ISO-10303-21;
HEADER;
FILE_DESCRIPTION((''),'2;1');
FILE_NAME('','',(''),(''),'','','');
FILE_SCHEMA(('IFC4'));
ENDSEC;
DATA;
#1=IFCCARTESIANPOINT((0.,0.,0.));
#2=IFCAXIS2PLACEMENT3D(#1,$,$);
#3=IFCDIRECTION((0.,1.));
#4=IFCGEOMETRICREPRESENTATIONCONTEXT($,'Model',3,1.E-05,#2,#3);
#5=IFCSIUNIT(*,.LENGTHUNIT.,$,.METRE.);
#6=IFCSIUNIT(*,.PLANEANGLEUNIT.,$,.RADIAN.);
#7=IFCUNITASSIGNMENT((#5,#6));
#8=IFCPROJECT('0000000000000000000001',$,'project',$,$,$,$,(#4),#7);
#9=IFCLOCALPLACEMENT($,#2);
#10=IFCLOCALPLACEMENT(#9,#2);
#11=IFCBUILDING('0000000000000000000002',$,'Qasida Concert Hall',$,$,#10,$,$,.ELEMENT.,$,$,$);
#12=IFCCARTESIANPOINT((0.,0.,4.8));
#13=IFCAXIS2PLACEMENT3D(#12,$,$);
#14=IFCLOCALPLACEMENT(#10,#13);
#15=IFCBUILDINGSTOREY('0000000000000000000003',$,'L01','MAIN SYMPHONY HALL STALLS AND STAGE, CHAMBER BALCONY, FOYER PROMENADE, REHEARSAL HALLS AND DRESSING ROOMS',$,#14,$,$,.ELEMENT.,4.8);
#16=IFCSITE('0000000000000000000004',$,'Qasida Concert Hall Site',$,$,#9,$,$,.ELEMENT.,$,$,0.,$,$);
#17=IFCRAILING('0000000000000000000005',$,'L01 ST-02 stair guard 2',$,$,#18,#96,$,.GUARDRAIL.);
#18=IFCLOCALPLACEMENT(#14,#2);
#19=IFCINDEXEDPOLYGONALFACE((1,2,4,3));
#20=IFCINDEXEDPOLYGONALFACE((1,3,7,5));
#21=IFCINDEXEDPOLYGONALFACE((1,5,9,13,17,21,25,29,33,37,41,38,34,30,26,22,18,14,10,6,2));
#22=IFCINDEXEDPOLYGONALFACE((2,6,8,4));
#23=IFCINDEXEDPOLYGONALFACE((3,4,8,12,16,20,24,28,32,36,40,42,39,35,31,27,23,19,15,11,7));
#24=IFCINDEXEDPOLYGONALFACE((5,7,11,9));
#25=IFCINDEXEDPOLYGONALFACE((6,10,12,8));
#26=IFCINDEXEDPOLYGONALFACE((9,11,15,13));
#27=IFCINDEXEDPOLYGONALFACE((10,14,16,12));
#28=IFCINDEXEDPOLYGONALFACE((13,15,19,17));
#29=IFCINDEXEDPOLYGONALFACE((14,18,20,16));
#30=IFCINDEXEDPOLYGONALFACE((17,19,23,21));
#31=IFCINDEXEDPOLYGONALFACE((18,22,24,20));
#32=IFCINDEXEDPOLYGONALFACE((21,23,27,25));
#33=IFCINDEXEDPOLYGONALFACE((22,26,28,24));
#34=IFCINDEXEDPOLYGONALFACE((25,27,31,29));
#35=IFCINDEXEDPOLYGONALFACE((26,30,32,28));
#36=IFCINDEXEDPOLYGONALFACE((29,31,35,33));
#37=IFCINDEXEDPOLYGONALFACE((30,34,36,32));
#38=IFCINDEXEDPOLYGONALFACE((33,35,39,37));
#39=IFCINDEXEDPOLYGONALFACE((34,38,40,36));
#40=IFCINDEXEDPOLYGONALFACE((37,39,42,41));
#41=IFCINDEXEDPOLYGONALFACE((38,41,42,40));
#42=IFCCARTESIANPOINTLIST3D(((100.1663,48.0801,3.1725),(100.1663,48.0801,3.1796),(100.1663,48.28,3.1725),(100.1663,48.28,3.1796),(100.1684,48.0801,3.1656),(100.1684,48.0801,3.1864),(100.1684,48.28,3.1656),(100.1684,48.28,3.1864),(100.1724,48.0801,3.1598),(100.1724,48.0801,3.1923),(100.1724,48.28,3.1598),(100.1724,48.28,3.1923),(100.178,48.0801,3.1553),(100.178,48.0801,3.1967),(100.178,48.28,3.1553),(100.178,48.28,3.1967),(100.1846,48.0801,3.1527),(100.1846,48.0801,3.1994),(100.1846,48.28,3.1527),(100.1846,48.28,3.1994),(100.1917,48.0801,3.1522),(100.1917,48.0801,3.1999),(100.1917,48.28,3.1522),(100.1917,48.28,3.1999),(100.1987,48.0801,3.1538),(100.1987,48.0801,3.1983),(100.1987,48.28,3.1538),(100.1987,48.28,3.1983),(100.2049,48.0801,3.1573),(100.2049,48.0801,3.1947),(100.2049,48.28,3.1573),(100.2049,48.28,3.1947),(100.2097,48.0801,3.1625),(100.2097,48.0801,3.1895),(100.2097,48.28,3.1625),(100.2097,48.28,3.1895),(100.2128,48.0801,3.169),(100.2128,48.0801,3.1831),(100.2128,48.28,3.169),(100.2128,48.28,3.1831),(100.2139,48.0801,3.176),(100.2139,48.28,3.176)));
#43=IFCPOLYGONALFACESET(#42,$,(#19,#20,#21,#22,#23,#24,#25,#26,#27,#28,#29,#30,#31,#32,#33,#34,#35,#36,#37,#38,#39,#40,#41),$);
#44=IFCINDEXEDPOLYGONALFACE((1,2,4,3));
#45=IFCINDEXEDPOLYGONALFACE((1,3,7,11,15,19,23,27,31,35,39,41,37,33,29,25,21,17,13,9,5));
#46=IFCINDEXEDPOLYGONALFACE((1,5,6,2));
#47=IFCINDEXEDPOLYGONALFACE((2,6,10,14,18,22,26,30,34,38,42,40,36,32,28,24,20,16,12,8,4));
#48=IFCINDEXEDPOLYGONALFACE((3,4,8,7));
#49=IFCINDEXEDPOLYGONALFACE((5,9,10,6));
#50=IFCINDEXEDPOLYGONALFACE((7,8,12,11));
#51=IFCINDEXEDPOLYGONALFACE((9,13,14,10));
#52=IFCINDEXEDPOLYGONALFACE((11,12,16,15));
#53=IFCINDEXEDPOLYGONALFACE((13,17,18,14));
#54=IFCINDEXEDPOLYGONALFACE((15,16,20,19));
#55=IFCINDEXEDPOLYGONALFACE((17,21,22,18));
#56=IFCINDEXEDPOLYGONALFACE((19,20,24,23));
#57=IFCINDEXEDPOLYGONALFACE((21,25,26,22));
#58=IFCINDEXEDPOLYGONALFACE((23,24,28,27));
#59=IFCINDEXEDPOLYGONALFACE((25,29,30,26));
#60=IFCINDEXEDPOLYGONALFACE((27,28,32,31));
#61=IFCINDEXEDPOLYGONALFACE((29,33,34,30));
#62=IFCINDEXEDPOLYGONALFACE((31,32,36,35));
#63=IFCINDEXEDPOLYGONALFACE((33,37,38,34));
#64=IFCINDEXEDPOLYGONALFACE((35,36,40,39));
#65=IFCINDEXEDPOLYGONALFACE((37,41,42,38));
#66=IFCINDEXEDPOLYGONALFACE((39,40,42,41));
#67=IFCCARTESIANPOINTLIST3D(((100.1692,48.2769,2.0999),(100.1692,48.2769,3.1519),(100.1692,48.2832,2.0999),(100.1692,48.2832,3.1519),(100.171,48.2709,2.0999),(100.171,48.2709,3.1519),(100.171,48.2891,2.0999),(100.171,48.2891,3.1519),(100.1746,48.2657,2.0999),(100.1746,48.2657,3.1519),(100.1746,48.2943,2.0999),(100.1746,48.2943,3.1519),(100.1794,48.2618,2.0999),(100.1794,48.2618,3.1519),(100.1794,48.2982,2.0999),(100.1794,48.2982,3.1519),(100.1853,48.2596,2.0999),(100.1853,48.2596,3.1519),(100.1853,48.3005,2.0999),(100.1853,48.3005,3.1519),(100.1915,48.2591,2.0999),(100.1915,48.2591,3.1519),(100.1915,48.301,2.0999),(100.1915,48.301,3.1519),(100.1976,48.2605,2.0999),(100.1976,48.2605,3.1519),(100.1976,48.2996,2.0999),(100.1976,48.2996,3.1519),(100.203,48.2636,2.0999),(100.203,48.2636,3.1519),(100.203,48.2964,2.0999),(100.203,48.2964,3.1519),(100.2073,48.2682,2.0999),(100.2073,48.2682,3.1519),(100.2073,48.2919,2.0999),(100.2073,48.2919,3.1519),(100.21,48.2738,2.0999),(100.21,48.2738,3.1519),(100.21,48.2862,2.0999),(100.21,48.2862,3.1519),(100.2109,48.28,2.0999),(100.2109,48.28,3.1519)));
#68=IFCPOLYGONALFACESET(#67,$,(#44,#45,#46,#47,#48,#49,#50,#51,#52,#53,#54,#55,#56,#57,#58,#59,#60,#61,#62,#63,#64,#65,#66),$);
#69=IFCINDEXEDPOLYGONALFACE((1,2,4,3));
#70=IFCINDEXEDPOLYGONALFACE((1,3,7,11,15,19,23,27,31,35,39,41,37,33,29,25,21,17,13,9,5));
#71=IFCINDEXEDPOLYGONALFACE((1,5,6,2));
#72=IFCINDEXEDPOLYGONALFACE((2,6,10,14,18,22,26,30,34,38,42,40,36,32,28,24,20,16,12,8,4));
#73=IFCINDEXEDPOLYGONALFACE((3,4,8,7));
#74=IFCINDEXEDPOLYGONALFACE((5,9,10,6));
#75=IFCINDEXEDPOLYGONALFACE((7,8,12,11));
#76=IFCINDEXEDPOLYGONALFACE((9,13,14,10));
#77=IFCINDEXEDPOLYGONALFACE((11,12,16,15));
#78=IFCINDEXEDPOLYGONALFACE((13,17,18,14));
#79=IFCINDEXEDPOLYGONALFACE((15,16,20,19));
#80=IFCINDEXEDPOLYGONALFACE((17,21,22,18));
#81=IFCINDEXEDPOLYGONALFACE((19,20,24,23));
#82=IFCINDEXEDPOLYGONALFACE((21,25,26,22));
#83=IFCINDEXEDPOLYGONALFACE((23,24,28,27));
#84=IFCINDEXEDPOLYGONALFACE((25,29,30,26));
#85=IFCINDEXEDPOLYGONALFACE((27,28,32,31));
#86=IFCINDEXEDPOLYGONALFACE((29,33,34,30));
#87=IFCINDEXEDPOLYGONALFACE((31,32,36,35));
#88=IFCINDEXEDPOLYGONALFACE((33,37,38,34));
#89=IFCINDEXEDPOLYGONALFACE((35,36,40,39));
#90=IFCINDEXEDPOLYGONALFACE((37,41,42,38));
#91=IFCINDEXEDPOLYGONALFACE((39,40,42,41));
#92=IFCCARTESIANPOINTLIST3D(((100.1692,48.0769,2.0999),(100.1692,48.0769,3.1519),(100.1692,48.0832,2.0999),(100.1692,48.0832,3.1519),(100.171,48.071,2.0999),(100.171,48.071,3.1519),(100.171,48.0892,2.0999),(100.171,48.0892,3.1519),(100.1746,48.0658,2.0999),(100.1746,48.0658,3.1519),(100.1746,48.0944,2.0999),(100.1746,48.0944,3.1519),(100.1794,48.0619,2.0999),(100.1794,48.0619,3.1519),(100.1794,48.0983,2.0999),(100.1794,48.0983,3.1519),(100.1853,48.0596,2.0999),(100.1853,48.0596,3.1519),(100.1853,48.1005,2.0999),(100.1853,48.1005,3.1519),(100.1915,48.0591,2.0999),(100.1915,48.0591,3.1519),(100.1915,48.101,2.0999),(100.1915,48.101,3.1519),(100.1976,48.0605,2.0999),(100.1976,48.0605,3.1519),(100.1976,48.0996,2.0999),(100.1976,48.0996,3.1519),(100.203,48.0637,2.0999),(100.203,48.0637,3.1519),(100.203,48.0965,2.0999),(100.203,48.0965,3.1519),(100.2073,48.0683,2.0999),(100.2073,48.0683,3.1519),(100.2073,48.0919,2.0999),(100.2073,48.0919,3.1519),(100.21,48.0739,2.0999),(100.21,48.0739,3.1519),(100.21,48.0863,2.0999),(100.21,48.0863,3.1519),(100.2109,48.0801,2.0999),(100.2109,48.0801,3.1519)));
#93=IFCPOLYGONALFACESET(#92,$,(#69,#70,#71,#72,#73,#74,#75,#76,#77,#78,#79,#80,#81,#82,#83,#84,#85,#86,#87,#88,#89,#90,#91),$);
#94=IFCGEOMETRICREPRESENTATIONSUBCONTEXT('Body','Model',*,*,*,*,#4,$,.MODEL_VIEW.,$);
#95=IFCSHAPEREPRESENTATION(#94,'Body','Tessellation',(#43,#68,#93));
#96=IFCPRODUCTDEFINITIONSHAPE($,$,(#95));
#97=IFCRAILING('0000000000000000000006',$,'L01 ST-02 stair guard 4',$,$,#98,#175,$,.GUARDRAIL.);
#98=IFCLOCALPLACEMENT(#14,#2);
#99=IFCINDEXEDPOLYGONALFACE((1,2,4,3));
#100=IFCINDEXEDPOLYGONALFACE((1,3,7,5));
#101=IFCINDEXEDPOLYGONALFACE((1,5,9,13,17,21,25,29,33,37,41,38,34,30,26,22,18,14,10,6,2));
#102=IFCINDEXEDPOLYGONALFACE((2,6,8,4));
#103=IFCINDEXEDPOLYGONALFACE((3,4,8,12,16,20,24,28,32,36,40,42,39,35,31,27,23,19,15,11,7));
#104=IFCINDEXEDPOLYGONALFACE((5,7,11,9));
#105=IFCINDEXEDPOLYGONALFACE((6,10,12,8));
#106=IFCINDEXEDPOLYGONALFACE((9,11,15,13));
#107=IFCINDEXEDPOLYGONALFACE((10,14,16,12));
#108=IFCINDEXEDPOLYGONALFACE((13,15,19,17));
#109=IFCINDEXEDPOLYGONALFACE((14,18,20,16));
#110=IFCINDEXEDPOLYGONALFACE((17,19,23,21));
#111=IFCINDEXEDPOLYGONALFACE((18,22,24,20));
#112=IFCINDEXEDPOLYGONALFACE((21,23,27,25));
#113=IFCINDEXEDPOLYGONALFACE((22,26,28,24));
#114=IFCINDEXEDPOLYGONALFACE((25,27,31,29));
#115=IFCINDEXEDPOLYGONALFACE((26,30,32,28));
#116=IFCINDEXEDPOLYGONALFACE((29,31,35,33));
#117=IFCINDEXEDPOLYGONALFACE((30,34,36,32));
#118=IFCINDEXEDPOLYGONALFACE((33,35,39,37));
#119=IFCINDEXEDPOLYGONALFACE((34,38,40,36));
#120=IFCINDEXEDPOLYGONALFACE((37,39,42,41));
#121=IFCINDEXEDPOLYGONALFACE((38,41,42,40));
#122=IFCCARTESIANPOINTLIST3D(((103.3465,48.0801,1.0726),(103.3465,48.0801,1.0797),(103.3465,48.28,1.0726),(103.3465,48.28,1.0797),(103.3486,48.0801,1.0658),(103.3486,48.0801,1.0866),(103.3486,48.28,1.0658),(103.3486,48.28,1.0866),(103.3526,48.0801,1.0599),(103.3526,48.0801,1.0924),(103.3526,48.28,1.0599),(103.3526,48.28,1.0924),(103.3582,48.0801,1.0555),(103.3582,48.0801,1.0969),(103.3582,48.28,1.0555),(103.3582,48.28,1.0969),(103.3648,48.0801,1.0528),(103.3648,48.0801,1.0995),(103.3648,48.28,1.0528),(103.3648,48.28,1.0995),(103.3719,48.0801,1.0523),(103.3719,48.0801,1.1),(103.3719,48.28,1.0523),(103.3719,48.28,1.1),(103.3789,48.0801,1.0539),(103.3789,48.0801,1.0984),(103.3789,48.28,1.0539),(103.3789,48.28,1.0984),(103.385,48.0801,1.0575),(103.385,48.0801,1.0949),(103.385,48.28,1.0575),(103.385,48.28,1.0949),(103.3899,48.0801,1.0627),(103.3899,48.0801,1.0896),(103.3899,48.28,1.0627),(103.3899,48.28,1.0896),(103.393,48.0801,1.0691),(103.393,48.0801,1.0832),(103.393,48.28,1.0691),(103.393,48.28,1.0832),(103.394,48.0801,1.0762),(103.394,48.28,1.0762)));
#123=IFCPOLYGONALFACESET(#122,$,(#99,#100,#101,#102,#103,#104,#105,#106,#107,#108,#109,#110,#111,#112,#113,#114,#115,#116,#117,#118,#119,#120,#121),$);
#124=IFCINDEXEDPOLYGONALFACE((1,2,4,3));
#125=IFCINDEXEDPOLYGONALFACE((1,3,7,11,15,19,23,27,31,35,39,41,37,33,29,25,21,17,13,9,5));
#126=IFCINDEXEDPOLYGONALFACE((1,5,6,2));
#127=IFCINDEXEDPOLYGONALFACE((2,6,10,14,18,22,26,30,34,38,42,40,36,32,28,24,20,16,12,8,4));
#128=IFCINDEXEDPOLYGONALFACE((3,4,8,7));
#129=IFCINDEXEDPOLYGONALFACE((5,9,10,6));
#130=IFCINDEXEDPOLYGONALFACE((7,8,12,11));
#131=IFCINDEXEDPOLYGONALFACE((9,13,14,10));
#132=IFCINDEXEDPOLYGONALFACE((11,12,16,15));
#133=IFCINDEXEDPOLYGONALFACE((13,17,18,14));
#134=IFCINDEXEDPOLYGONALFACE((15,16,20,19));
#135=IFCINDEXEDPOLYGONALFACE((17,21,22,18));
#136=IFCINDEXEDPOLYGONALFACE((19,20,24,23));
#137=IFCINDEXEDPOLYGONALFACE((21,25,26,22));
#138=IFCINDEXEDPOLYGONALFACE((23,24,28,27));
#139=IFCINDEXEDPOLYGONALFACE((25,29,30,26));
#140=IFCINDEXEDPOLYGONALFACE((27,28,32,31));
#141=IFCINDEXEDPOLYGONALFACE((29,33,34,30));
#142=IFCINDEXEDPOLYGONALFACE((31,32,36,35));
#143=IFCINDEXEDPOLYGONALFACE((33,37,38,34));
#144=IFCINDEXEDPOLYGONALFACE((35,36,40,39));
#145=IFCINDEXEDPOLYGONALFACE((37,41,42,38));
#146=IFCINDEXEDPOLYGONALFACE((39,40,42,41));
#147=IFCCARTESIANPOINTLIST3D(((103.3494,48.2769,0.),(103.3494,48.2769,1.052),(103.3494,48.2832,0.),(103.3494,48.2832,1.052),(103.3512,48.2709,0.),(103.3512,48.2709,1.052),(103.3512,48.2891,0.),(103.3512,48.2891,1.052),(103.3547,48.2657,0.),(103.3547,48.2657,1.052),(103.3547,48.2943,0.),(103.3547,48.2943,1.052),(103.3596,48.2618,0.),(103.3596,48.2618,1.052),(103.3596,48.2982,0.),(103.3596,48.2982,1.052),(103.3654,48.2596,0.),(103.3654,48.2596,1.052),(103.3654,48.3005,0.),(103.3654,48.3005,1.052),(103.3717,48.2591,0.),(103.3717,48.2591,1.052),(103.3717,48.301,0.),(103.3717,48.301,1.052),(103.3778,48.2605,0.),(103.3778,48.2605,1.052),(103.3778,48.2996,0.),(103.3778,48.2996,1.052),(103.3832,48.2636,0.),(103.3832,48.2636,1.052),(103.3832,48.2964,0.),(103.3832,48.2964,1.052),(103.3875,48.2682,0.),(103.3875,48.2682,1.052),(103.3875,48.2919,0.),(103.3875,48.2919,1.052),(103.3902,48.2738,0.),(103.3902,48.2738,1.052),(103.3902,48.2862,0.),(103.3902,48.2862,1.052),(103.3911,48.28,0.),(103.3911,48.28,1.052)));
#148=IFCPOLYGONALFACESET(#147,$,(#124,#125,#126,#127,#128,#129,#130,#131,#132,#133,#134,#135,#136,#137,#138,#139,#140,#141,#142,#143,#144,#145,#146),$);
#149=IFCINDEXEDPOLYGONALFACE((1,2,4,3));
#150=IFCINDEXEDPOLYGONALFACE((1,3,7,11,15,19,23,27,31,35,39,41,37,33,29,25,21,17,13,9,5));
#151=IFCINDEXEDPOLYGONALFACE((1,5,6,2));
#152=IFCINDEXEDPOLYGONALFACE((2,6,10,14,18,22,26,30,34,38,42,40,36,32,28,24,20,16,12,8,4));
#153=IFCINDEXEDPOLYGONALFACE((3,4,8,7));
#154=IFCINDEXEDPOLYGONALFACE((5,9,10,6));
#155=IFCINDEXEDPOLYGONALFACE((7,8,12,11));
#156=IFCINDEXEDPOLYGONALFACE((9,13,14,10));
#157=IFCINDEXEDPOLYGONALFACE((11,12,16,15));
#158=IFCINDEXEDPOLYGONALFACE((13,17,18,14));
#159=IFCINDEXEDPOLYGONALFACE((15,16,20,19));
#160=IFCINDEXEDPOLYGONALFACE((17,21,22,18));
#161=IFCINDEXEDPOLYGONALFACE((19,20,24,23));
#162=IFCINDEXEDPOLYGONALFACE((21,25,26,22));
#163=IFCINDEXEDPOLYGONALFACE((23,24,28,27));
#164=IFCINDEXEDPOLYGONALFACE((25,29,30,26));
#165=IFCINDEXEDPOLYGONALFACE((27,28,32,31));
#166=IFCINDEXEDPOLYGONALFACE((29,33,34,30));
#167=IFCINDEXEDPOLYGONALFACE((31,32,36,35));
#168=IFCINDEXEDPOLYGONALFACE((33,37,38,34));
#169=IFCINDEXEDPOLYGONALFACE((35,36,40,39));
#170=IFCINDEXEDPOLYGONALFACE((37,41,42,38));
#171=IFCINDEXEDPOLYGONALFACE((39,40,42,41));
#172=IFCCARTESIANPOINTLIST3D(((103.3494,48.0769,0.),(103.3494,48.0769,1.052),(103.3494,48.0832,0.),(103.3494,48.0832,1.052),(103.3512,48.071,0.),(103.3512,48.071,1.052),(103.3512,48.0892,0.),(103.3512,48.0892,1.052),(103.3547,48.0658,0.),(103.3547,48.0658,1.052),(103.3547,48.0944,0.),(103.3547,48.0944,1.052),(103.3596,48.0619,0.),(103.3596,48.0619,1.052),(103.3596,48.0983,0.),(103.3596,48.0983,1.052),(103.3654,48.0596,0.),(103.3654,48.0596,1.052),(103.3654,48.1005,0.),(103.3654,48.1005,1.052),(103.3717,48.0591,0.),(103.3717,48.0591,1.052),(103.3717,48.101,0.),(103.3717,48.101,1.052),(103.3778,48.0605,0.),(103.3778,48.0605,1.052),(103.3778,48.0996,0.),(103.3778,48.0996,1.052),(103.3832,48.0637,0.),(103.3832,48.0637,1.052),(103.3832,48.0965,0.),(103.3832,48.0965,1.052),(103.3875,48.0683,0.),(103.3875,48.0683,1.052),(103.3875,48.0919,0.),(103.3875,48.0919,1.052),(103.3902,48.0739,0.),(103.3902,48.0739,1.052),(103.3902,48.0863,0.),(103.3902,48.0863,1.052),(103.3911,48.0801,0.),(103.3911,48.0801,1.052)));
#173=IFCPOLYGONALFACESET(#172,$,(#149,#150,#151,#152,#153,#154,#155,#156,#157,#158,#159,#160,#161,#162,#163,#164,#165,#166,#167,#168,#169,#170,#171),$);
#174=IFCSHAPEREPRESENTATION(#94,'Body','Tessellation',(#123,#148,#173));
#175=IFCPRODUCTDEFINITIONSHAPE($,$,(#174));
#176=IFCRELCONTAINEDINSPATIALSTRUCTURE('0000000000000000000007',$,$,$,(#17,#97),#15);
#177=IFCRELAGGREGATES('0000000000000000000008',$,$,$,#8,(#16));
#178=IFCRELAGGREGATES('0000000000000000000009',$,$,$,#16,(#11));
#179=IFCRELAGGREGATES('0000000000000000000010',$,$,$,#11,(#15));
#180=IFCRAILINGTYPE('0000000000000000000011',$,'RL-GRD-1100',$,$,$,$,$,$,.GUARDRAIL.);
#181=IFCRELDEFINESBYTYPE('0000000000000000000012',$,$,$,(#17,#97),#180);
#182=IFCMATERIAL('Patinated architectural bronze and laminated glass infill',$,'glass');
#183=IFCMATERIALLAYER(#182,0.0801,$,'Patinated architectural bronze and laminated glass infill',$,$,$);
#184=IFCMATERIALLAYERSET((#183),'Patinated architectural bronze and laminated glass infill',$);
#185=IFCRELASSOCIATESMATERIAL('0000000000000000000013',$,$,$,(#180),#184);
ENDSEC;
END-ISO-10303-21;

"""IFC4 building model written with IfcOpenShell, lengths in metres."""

from ifc_helpers import new_model, si_unit, direction, frame, origin, origin_2d, place, context, subcontext, project, spatial, circle, extrude, material, layer, layer_set, type_object, element, save


model = new_model("IFC4")

# Units and contexts
model_context = context("Model", 3, precision=1e-05, world=origin(), true_north=direction((0.0, 1.0)))
body_context = subcontext(model_context, "Body", "Model", "MODEL_VIEW")
ifc_project = project(units=[si_unit("LENGTHUNIT", "METRE"), si_unit("PLANEANGLEUNIT", "RADIAN")], contexts=[model_context])

# Site, building, storey
site_placement = place(None, origin())
site = spatial("IfcSite", under=ifc_project, at=site_placement, Name="Qasida Concert Hall Site", CompositionType="ELEMENT", RefElevation=0.0)
building_placement = place(site_placement, origin())
building = spatial("IfcBuilding", under=site, at=building_placement, Name="Qasida Concert Hall", CompositionType="ELEMENT")
storey_placement = place(building_placement, frame((0.0, 0.0, 4.8)))
storey = spatial("IfcBuildingStorey", under=building, at=storey_placement, Name="L01", Description="MAIN SYMPHONY HALL STALLS AND STAGE, CHAMBER BALCONY, FOYER PROMENADE, REHEARSAL HALLS AND DRESSING ROOMS", CompositionType="ELEMENT", Elevation=4.8)

# Railings
ifc_material_1 = material(Name="Patinated architectural bronze and laminated glass infill", Category="glass")
ifc_layer_1 = layer(ifc_material_1, 0.0801, Name="Patinated architectural bronze and laminated glass infill")
ifc_layer_set_1 = layer_set([ifc_layer_1], Name="Patinated architectural bronze and laminated glass infill")
railing_type_1 = type_object("IfcRailingType", Name="RL-GRD-1100", PredefinedType="GUARDRAIL", material=ifc_layer_set_1)
for number, where, name in (
    (1, (100.1899, 48.28, 2.0999), "L01 ST-02 stair guard 2"),
    (2, (103.3701, 48.28, 0.0), "L01 ST-02 stair guard 4"),
):
    element("IfcRailing", number, at=place(storey_placement, frame(where)), inside=storey, type_object=railing_type_1, Name=name, PredefinedType="GUARDRAIL", context=body_context, shape_type="SweptSolid", body=[
        extrude(circle(Radius=0.0239, at=origin_2d()), frame((0.0, 0.0, 1.0762), z_axis=(0.0, -1.0, 0.0), x_axis=(1.0, 0.0, 0.0)), (0.0, 0.0, 1.0), 0.2),
        extrude(circle(Radius=0.021, at=origin_2d()), origin(), (0.0, 0.0, 1.0), 1.052),
        extrude(circle(Radius=0.021, at=origin_2d()), frame((0.0, -0.2, 0.0)), (0.0, 0.0, 1.0), 1.052),
    ])

save(model, "model.ifc")
